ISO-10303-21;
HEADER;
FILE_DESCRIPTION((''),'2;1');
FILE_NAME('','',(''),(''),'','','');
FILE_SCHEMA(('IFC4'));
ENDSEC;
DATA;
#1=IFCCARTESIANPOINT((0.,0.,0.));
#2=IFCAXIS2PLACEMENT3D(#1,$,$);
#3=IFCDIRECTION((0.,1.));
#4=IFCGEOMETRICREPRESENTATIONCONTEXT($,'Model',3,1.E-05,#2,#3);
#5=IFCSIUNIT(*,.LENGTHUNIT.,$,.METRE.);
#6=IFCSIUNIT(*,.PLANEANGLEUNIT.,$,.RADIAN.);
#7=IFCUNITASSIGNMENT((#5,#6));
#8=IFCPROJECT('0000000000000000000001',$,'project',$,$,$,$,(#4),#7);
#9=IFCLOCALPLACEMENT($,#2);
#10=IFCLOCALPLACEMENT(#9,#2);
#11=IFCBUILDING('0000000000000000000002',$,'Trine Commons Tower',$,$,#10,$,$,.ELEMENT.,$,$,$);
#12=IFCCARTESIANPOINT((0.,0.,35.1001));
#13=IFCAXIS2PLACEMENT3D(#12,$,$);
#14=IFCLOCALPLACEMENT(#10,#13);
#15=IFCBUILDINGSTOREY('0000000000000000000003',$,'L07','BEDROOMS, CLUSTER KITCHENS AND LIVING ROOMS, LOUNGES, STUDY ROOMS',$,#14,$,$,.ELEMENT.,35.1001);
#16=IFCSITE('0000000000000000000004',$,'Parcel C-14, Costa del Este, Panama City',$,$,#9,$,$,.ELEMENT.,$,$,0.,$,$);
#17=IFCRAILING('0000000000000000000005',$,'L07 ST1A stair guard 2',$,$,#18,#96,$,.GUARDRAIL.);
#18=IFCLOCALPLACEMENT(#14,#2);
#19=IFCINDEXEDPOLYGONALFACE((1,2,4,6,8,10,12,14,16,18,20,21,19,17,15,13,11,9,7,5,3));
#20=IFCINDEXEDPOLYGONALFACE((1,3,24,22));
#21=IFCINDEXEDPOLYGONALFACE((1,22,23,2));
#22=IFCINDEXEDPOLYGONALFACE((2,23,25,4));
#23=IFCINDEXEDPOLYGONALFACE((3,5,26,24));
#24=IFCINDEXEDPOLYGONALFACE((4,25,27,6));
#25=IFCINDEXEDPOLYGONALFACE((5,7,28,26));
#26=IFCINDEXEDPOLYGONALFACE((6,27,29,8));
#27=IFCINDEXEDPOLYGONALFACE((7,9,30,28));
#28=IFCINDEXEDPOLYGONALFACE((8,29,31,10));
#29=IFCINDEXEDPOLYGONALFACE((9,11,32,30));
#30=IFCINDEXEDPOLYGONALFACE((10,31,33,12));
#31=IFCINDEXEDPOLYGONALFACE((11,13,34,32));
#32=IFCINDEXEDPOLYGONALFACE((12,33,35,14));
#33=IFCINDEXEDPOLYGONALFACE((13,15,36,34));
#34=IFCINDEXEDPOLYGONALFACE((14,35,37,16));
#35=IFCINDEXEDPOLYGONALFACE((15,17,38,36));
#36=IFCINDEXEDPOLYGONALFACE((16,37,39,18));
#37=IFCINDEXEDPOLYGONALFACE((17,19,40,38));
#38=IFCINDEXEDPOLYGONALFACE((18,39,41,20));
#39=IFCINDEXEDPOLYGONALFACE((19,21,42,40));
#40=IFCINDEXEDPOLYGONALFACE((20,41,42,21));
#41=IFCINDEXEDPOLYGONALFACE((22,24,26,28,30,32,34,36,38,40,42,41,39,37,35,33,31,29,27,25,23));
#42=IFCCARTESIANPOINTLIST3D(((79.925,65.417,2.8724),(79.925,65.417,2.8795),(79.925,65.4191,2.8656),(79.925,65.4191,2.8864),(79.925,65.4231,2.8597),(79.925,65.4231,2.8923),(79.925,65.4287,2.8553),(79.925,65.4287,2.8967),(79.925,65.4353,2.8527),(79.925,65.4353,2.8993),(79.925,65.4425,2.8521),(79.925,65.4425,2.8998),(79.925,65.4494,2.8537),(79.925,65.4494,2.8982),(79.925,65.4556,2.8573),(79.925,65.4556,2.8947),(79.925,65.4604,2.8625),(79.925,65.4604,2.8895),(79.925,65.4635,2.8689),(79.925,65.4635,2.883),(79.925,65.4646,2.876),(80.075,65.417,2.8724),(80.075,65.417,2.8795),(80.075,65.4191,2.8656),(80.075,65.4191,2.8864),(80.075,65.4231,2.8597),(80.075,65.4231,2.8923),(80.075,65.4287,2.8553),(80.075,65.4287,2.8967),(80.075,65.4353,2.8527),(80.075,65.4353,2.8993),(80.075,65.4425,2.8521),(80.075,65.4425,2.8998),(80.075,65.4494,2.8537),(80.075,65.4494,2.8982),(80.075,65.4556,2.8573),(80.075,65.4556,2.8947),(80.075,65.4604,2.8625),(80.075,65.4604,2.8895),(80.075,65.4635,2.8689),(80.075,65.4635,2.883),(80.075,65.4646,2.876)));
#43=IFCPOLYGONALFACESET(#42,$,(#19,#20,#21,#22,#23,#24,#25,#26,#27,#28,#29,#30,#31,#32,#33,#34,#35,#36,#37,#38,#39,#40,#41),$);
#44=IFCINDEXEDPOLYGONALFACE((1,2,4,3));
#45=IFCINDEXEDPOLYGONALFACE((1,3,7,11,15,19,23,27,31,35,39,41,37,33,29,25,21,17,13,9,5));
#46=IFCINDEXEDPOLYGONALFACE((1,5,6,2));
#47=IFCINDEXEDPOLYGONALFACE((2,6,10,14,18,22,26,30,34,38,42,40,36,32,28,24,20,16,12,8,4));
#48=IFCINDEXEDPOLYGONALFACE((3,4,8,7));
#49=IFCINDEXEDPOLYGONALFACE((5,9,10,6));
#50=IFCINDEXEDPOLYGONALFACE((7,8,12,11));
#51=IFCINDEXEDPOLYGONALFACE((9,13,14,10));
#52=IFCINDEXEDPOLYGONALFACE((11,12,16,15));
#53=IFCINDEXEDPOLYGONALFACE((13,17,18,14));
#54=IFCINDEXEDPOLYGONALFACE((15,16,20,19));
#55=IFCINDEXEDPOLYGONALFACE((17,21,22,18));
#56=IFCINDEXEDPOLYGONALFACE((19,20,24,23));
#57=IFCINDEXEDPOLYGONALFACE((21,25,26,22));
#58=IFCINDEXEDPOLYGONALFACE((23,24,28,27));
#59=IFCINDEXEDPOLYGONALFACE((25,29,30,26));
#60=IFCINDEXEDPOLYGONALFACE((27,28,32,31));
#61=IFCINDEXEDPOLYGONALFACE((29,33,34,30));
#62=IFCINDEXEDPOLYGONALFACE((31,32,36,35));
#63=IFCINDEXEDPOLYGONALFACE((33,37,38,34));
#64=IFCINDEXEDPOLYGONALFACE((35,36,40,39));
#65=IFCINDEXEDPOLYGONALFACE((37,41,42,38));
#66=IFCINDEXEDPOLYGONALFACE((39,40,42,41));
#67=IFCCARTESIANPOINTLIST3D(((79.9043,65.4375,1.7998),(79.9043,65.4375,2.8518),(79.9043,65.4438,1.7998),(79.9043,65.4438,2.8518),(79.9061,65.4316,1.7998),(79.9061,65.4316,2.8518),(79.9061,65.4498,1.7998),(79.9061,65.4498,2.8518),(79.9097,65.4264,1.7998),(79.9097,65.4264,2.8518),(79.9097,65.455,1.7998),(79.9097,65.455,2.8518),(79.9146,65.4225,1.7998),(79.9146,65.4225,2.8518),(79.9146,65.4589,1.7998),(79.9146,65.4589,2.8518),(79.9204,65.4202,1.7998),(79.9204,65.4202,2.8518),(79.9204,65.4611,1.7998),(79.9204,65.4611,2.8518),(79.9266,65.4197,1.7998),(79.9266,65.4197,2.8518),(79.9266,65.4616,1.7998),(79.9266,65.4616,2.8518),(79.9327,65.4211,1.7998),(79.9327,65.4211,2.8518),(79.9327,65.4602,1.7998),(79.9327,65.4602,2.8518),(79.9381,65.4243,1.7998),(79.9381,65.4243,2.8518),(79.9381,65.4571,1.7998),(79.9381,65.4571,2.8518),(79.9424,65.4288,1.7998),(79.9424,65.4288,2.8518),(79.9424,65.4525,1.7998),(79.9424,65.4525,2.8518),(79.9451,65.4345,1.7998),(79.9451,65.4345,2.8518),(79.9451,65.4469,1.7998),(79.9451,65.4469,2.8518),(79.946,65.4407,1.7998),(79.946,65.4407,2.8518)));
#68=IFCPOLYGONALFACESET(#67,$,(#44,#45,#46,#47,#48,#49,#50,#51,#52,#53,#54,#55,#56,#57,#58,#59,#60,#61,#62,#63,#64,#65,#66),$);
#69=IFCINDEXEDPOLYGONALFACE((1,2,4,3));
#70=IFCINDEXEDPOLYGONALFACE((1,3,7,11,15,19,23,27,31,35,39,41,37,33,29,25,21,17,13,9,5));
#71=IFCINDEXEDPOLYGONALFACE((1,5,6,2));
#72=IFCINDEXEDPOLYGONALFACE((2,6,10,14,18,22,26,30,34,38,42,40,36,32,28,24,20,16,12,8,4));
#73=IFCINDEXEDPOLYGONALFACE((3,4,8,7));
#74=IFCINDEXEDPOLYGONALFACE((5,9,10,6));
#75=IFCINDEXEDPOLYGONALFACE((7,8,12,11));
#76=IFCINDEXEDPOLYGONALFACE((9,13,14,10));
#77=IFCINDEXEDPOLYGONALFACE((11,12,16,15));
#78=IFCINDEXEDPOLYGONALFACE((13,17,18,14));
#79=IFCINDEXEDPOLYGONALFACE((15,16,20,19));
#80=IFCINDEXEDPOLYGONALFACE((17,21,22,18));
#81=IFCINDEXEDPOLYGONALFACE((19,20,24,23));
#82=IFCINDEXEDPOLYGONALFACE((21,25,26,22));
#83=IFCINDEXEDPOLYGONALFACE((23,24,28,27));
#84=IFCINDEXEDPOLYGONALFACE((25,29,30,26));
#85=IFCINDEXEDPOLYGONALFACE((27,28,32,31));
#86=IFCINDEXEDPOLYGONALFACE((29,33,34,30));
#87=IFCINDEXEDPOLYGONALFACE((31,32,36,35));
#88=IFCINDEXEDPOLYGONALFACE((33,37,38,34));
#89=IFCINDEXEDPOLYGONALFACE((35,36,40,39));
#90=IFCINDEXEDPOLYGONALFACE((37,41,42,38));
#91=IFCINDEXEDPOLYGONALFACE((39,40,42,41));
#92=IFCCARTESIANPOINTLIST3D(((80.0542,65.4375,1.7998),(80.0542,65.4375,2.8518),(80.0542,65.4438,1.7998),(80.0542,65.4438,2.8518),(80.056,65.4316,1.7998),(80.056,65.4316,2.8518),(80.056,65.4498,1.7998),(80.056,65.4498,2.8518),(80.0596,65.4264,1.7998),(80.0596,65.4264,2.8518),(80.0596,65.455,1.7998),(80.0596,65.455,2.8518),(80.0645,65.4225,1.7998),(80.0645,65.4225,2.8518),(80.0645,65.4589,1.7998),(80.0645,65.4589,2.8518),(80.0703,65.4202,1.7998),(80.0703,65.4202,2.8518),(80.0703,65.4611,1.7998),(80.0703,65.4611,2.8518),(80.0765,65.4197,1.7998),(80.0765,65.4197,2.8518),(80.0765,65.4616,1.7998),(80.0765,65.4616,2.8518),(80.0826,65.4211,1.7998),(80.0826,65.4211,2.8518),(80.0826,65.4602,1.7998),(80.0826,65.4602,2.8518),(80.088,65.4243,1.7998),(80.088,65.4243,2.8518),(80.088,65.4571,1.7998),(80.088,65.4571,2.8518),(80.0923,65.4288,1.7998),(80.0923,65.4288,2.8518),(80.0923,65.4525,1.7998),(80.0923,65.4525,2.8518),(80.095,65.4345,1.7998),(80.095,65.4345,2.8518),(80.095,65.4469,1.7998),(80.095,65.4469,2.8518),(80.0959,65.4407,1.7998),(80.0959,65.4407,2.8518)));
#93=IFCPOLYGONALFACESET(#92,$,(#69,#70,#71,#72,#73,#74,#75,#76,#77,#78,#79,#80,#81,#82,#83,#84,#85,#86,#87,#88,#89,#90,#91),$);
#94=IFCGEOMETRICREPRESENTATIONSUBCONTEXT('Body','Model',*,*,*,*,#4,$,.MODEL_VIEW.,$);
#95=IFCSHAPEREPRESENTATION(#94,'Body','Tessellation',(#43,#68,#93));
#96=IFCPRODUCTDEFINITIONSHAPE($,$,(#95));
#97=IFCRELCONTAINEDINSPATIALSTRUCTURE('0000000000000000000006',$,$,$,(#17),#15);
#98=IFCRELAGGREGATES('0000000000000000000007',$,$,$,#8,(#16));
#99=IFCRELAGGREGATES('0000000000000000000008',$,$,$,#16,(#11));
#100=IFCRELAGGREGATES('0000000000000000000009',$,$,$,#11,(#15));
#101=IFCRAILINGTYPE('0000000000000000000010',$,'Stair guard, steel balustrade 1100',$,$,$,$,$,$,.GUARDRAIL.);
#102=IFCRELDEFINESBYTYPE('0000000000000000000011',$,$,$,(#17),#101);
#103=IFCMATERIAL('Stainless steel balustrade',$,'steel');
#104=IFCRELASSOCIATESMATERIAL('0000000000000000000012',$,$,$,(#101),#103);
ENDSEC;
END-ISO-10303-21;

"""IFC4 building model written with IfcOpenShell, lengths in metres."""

from ifc_helpers import new_model, si_unit, direction, frame, origin, origin_2d, place, context, subcontext, project, spatial, circle, extrude, material, type_object, element, save


model = new_model("IFC4")

# Units and contexts
model_context = context("Model", 3, precision=1e-05, world=origin(), true_north=direction((0.0, 1.0)))
body_context = subcontext(model_context, "Body", "Model", "MODEL_VIEW")
ifc_project = project(units=[si_unit("LENGTHUNIT", "METRE"), si_unit("PLANEANGLEUNIT", "RADIAN")], contexts=[model_context])

# Site, building, storey
site_placement = place(None, origin())
site = spatial("IfcSite", under=ifc_project, at=site_placement, Name="Parcel C-14, Costa del Este, Panama City", CompositionType="ELEMENT", RefElevation=0.0)
building_placement = place(site_placement, origin())
building = spatial("IfcBuilding", under=site, at=building_placement, Name="Trine Commons Tower", CompositionType="ELEMENT")
storey_placement = place(building_placement, frame((0.0, 0.0, 35.1001)))
storey = spatial("IfcBuildingStorey", under=building, at=storey_placement, Name="L07", Description="BEDROOMS, CLUSTER KITCHENS AND LIVING ROOMS, LOUNGES, STUDY ROOMS", CompositionType="ELEMENT", Elevation=35.1001)

# Railing
ifc_material_1 = material(Name="Stainless steel balustrade", Category="steel")
railing_type_1 = type_object("IfcRailingType", Name="Stair guard, steel balustrade 1100", PredefinedType="GUARDRAIL", material=ifc_material_1)
railing_1_placement = place(storey_placement, frame((79.925, 65.4407, 1.7998)))
element("IfcRailing", 1, at=railing_1_placement, inside=storey, type_object=railing_type_1, Name="L07 ST1A stair guard 2", PredefinedType="GUARDRAIL", context=body_context, shape_type="SweptSolid", body=[
    extrude(circle(Radius=0.0239, at=origin_2d()), frame((0.0, 0.0, 1.0762), z_axis=(1.0, 0.0, 0.0), x_axis=(0.0, 1.0, 0.0)), (0.0, 0.0, 1.0), 0.1499),
    extrude(circle(Radius=0.021, at=origin_2d()), origin(), (0.0, 0.0, 1.0), 1.052),
    extrude(circle(Radius=0.021, at=origin_2d()), frame((0.1499, 0.0, 0.0)), (0.0, 0.0, 1.0), 1.052),
])

save(model, "model.ifc")
